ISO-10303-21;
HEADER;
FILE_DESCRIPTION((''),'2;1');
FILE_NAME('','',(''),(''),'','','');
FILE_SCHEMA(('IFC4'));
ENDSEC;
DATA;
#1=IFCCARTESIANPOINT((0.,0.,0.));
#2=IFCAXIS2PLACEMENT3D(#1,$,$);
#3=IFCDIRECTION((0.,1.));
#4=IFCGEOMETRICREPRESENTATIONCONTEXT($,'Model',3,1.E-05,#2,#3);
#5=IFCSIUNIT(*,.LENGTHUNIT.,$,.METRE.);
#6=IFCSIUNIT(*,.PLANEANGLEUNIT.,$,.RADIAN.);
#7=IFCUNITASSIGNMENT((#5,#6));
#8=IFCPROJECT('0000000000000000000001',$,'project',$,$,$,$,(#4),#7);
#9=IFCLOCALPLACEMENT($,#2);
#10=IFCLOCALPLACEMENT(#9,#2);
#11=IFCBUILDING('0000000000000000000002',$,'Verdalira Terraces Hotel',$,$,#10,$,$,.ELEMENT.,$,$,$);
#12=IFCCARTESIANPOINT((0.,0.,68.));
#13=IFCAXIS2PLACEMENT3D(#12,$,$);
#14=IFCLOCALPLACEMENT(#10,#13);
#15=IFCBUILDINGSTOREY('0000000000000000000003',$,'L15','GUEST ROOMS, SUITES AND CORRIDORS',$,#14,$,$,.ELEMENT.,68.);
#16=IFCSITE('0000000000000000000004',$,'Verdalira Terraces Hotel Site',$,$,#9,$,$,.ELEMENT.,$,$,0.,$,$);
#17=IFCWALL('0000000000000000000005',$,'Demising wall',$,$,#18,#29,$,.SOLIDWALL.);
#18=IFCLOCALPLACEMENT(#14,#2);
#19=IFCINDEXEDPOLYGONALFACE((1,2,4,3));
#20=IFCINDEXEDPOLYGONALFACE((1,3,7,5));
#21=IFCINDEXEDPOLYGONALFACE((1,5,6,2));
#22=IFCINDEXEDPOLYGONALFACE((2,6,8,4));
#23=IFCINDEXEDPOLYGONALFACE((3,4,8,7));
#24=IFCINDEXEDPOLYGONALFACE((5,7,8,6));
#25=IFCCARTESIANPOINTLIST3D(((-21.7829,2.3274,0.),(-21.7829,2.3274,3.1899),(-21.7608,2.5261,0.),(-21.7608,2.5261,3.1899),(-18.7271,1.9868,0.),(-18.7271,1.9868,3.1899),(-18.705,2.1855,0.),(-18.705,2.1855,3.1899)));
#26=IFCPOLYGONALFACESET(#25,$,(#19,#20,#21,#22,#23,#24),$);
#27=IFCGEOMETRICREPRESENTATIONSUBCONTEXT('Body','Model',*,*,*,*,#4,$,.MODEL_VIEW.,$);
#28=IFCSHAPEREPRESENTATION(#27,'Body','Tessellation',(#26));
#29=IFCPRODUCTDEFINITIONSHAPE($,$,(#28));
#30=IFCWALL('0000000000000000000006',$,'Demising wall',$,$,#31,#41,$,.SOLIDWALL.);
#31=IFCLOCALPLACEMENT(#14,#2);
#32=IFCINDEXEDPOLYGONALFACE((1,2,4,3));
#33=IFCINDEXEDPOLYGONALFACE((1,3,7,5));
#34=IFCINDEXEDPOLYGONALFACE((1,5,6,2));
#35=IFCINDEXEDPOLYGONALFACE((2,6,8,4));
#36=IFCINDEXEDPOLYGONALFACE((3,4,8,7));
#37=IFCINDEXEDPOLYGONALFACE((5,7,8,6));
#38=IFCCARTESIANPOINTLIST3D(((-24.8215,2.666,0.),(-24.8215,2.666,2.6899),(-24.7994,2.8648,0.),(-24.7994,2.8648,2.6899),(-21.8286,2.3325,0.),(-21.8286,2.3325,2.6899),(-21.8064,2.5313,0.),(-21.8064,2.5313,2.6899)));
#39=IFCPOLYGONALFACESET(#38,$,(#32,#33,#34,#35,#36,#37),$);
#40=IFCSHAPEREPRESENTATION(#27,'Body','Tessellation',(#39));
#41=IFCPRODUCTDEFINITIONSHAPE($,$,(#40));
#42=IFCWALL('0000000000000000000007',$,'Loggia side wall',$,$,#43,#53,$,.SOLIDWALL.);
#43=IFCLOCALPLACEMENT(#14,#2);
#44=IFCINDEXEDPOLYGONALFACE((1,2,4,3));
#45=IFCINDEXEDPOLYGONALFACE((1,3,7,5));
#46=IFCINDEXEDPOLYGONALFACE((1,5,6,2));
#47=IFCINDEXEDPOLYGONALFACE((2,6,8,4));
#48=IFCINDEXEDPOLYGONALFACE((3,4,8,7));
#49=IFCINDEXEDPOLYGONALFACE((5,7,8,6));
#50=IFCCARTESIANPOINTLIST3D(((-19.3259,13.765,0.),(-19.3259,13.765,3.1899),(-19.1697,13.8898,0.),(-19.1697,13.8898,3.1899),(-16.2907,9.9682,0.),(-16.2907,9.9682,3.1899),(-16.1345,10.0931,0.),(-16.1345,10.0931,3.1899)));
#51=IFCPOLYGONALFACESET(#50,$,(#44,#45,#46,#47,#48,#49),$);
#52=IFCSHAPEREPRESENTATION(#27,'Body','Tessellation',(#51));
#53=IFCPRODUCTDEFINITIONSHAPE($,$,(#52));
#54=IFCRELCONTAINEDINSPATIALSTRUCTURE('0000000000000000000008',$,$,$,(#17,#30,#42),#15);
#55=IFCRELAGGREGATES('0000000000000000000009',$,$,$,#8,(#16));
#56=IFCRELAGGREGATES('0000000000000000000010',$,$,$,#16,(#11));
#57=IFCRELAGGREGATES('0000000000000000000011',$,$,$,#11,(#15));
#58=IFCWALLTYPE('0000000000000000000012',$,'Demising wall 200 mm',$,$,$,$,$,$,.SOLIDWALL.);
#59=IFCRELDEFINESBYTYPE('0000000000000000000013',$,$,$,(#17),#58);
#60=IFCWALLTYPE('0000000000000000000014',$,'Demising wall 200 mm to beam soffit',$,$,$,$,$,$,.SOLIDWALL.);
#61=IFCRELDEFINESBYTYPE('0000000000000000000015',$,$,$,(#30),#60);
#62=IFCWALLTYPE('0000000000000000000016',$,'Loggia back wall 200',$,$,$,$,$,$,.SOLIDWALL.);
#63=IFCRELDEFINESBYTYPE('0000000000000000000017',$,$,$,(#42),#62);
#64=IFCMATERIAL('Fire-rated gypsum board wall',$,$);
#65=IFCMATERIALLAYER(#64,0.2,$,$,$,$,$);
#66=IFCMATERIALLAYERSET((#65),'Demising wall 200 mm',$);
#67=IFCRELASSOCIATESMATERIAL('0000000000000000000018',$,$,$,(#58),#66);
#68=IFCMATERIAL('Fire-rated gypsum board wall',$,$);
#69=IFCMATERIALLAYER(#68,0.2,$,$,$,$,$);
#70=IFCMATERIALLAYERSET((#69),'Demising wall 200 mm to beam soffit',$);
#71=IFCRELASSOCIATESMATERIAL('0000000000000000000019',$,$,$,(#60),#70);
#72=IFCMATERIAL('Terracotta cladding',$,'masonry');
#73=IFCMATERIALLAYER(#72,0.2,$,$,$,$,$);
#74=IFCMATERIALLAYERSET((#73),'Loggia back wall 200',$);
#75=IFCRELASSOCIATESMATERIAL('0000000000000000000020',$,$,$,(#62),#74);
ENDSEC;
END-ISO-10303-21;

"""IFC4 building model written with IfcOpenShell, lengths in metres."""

from ifc_helpers import new_model, si_unit, direction, frame, frame_2d, origin, place, context, subcontext, project, spatial, rectangle, extrude, material, layer, layer_set, type_object, element, save


model = new_model("IFC4")

# Units and contexts
model_context = context("Model", 3, precision=1e-05, world=origin(), true_north=direction((0.0, 1.0)))
body_context = subcontext(model_context, "Body", "Model", "MODEL_VIEW")
ifc_project = project(units=[si_unit("LENGTHUNIT", "METRE"), si_unit("PLANEANGLEUNIT", "RADIAN")], contexts=[model_context])

# Site, building, storey
site_placement = place(None, origin())
site = spatial("IfcSite", under=ifc_project, at=site_placement, Name="Verdalira Terraces Hotel Site", CompositionType="ELEMENT", RefElevation=0.0)
building_placement = place(site_placement, origin())
building = spatial("IfcBuilding", under=site, at=building_placement, Name="Verdalira Terraces Hotel", CompositionType="ELEMENT")
storey_placement = place(building_placement, frame((0.0, 0.0, 68.0)))
storey = spatial("IfcBuildingStorey", under=building, at=storey_placement, Name="L15", Description="GUEST ROOMS, SUITES AND CORRIDORS", CompositionType="ELEMENT", Elevation=68.0)

# Walls
ifc_material_1 = material(Name="Fire-rated gypsum board wall")
ifc_layer_1 = layer(ifc_material_1, 0.2)
ifc_layer_set_1 = layer_set([ifc_layer_1], Name="Demising wall 200 mm")
wall_type_1 = type_object("IfcWallType", Name="Demising wall 200 mm", PredefinedType="SOLIDWALL", material=ifc_layer_set_1)
wall_1_placement = place(storey_placement, frame((-18.7161, 2.0862, 0.0), z_axis=(0.0, 0.0, 1.0), x_axis=(-0.993847, 0.110763, 0.0)))
element("IfcWall", 1, at=wall_1_placement, inside=storey, type_object=wall_type_1, Name="Demising wall", PredefinedType="SOLIDWALL", context=body_context, shape_type="SweptSolid", body=[
    extrude(rectangle(XDim=3.0747, YDim=0.2, at=frame_2d((1.5374, 0.0))), origin(), (0.0, 0.0, 1.0), 3.1899),
])
ifc_material_2 = material(Name="Fire-rated gypsum board wall")
ifc_layer_2 = layer(ifc_material_2, 0.2)
ifc_layer_set_2 = layer_set([ifc_layer_2], Name="Demising wall 200 mm to beam soffit")
wall_type_2 = type_object("IfcWallType", Name="Demising wall 200 mm to beam soffit", PredefinedType="SOLIDWALL", material=ifc_layer_set_2)
wall_2_placement = place(storey_placement, frame((-21.8174, 2.4319, 0.0), z_axis=(0.0, 0.0, 1.0), x_axis=(-0.993849, 0.110743, 0.0)))
element("IfcWall", 2, at=wall_2_placement, inside=storey, type_object=wall_type_2, Name="Demising wall", PredefinedType="SOLIDWALL", context=body_context, shape_type="SweptSolid", body=[
    extrude(rectangle(XDim=3.0115, YDim=0.2, at=frame_2d((1.5059, 0.0))), origin(), (0.0, 0.0, 1.0), 2.6899),
])
ifc_material_3 = material(Name="Terracotta cladding", Category="masonry")
ifc_layer_3 = layer(ifc_material_3, 0.2)
ifc_layer_set_3 = layer_set([ifc_layer_3], Name="Loggia back wall 200")
wall_type_3 = type_object("IfcWallType", Name="Loggia back wall 200", PredefinedType="SOLIDWALL", material=ifc_layer_set_3)
wall_3_placement = place(storey_placement, frame((-19.2478, 13.8274, 0.0), z_axis=(0.0, 0.0, 1.0), x_axis=(0.624425, -0.781084, 0.0)))
element("IfcWall", 3, at=wall_3_placement, inside=storey, type_object=wall_type_3, Name="Loggia side wall", PredefinedType="SOLIDWALL", context=body_context, shape_type="SweptSolid", body=[
    extrude(rectangle(XDim=4.8608, YDim=0.2, at=frame_2d((2.4304, 0.0))), origin(), (0.0, 0.0, 1.0), 3.1899),
])

save(model, "model.ifc")
